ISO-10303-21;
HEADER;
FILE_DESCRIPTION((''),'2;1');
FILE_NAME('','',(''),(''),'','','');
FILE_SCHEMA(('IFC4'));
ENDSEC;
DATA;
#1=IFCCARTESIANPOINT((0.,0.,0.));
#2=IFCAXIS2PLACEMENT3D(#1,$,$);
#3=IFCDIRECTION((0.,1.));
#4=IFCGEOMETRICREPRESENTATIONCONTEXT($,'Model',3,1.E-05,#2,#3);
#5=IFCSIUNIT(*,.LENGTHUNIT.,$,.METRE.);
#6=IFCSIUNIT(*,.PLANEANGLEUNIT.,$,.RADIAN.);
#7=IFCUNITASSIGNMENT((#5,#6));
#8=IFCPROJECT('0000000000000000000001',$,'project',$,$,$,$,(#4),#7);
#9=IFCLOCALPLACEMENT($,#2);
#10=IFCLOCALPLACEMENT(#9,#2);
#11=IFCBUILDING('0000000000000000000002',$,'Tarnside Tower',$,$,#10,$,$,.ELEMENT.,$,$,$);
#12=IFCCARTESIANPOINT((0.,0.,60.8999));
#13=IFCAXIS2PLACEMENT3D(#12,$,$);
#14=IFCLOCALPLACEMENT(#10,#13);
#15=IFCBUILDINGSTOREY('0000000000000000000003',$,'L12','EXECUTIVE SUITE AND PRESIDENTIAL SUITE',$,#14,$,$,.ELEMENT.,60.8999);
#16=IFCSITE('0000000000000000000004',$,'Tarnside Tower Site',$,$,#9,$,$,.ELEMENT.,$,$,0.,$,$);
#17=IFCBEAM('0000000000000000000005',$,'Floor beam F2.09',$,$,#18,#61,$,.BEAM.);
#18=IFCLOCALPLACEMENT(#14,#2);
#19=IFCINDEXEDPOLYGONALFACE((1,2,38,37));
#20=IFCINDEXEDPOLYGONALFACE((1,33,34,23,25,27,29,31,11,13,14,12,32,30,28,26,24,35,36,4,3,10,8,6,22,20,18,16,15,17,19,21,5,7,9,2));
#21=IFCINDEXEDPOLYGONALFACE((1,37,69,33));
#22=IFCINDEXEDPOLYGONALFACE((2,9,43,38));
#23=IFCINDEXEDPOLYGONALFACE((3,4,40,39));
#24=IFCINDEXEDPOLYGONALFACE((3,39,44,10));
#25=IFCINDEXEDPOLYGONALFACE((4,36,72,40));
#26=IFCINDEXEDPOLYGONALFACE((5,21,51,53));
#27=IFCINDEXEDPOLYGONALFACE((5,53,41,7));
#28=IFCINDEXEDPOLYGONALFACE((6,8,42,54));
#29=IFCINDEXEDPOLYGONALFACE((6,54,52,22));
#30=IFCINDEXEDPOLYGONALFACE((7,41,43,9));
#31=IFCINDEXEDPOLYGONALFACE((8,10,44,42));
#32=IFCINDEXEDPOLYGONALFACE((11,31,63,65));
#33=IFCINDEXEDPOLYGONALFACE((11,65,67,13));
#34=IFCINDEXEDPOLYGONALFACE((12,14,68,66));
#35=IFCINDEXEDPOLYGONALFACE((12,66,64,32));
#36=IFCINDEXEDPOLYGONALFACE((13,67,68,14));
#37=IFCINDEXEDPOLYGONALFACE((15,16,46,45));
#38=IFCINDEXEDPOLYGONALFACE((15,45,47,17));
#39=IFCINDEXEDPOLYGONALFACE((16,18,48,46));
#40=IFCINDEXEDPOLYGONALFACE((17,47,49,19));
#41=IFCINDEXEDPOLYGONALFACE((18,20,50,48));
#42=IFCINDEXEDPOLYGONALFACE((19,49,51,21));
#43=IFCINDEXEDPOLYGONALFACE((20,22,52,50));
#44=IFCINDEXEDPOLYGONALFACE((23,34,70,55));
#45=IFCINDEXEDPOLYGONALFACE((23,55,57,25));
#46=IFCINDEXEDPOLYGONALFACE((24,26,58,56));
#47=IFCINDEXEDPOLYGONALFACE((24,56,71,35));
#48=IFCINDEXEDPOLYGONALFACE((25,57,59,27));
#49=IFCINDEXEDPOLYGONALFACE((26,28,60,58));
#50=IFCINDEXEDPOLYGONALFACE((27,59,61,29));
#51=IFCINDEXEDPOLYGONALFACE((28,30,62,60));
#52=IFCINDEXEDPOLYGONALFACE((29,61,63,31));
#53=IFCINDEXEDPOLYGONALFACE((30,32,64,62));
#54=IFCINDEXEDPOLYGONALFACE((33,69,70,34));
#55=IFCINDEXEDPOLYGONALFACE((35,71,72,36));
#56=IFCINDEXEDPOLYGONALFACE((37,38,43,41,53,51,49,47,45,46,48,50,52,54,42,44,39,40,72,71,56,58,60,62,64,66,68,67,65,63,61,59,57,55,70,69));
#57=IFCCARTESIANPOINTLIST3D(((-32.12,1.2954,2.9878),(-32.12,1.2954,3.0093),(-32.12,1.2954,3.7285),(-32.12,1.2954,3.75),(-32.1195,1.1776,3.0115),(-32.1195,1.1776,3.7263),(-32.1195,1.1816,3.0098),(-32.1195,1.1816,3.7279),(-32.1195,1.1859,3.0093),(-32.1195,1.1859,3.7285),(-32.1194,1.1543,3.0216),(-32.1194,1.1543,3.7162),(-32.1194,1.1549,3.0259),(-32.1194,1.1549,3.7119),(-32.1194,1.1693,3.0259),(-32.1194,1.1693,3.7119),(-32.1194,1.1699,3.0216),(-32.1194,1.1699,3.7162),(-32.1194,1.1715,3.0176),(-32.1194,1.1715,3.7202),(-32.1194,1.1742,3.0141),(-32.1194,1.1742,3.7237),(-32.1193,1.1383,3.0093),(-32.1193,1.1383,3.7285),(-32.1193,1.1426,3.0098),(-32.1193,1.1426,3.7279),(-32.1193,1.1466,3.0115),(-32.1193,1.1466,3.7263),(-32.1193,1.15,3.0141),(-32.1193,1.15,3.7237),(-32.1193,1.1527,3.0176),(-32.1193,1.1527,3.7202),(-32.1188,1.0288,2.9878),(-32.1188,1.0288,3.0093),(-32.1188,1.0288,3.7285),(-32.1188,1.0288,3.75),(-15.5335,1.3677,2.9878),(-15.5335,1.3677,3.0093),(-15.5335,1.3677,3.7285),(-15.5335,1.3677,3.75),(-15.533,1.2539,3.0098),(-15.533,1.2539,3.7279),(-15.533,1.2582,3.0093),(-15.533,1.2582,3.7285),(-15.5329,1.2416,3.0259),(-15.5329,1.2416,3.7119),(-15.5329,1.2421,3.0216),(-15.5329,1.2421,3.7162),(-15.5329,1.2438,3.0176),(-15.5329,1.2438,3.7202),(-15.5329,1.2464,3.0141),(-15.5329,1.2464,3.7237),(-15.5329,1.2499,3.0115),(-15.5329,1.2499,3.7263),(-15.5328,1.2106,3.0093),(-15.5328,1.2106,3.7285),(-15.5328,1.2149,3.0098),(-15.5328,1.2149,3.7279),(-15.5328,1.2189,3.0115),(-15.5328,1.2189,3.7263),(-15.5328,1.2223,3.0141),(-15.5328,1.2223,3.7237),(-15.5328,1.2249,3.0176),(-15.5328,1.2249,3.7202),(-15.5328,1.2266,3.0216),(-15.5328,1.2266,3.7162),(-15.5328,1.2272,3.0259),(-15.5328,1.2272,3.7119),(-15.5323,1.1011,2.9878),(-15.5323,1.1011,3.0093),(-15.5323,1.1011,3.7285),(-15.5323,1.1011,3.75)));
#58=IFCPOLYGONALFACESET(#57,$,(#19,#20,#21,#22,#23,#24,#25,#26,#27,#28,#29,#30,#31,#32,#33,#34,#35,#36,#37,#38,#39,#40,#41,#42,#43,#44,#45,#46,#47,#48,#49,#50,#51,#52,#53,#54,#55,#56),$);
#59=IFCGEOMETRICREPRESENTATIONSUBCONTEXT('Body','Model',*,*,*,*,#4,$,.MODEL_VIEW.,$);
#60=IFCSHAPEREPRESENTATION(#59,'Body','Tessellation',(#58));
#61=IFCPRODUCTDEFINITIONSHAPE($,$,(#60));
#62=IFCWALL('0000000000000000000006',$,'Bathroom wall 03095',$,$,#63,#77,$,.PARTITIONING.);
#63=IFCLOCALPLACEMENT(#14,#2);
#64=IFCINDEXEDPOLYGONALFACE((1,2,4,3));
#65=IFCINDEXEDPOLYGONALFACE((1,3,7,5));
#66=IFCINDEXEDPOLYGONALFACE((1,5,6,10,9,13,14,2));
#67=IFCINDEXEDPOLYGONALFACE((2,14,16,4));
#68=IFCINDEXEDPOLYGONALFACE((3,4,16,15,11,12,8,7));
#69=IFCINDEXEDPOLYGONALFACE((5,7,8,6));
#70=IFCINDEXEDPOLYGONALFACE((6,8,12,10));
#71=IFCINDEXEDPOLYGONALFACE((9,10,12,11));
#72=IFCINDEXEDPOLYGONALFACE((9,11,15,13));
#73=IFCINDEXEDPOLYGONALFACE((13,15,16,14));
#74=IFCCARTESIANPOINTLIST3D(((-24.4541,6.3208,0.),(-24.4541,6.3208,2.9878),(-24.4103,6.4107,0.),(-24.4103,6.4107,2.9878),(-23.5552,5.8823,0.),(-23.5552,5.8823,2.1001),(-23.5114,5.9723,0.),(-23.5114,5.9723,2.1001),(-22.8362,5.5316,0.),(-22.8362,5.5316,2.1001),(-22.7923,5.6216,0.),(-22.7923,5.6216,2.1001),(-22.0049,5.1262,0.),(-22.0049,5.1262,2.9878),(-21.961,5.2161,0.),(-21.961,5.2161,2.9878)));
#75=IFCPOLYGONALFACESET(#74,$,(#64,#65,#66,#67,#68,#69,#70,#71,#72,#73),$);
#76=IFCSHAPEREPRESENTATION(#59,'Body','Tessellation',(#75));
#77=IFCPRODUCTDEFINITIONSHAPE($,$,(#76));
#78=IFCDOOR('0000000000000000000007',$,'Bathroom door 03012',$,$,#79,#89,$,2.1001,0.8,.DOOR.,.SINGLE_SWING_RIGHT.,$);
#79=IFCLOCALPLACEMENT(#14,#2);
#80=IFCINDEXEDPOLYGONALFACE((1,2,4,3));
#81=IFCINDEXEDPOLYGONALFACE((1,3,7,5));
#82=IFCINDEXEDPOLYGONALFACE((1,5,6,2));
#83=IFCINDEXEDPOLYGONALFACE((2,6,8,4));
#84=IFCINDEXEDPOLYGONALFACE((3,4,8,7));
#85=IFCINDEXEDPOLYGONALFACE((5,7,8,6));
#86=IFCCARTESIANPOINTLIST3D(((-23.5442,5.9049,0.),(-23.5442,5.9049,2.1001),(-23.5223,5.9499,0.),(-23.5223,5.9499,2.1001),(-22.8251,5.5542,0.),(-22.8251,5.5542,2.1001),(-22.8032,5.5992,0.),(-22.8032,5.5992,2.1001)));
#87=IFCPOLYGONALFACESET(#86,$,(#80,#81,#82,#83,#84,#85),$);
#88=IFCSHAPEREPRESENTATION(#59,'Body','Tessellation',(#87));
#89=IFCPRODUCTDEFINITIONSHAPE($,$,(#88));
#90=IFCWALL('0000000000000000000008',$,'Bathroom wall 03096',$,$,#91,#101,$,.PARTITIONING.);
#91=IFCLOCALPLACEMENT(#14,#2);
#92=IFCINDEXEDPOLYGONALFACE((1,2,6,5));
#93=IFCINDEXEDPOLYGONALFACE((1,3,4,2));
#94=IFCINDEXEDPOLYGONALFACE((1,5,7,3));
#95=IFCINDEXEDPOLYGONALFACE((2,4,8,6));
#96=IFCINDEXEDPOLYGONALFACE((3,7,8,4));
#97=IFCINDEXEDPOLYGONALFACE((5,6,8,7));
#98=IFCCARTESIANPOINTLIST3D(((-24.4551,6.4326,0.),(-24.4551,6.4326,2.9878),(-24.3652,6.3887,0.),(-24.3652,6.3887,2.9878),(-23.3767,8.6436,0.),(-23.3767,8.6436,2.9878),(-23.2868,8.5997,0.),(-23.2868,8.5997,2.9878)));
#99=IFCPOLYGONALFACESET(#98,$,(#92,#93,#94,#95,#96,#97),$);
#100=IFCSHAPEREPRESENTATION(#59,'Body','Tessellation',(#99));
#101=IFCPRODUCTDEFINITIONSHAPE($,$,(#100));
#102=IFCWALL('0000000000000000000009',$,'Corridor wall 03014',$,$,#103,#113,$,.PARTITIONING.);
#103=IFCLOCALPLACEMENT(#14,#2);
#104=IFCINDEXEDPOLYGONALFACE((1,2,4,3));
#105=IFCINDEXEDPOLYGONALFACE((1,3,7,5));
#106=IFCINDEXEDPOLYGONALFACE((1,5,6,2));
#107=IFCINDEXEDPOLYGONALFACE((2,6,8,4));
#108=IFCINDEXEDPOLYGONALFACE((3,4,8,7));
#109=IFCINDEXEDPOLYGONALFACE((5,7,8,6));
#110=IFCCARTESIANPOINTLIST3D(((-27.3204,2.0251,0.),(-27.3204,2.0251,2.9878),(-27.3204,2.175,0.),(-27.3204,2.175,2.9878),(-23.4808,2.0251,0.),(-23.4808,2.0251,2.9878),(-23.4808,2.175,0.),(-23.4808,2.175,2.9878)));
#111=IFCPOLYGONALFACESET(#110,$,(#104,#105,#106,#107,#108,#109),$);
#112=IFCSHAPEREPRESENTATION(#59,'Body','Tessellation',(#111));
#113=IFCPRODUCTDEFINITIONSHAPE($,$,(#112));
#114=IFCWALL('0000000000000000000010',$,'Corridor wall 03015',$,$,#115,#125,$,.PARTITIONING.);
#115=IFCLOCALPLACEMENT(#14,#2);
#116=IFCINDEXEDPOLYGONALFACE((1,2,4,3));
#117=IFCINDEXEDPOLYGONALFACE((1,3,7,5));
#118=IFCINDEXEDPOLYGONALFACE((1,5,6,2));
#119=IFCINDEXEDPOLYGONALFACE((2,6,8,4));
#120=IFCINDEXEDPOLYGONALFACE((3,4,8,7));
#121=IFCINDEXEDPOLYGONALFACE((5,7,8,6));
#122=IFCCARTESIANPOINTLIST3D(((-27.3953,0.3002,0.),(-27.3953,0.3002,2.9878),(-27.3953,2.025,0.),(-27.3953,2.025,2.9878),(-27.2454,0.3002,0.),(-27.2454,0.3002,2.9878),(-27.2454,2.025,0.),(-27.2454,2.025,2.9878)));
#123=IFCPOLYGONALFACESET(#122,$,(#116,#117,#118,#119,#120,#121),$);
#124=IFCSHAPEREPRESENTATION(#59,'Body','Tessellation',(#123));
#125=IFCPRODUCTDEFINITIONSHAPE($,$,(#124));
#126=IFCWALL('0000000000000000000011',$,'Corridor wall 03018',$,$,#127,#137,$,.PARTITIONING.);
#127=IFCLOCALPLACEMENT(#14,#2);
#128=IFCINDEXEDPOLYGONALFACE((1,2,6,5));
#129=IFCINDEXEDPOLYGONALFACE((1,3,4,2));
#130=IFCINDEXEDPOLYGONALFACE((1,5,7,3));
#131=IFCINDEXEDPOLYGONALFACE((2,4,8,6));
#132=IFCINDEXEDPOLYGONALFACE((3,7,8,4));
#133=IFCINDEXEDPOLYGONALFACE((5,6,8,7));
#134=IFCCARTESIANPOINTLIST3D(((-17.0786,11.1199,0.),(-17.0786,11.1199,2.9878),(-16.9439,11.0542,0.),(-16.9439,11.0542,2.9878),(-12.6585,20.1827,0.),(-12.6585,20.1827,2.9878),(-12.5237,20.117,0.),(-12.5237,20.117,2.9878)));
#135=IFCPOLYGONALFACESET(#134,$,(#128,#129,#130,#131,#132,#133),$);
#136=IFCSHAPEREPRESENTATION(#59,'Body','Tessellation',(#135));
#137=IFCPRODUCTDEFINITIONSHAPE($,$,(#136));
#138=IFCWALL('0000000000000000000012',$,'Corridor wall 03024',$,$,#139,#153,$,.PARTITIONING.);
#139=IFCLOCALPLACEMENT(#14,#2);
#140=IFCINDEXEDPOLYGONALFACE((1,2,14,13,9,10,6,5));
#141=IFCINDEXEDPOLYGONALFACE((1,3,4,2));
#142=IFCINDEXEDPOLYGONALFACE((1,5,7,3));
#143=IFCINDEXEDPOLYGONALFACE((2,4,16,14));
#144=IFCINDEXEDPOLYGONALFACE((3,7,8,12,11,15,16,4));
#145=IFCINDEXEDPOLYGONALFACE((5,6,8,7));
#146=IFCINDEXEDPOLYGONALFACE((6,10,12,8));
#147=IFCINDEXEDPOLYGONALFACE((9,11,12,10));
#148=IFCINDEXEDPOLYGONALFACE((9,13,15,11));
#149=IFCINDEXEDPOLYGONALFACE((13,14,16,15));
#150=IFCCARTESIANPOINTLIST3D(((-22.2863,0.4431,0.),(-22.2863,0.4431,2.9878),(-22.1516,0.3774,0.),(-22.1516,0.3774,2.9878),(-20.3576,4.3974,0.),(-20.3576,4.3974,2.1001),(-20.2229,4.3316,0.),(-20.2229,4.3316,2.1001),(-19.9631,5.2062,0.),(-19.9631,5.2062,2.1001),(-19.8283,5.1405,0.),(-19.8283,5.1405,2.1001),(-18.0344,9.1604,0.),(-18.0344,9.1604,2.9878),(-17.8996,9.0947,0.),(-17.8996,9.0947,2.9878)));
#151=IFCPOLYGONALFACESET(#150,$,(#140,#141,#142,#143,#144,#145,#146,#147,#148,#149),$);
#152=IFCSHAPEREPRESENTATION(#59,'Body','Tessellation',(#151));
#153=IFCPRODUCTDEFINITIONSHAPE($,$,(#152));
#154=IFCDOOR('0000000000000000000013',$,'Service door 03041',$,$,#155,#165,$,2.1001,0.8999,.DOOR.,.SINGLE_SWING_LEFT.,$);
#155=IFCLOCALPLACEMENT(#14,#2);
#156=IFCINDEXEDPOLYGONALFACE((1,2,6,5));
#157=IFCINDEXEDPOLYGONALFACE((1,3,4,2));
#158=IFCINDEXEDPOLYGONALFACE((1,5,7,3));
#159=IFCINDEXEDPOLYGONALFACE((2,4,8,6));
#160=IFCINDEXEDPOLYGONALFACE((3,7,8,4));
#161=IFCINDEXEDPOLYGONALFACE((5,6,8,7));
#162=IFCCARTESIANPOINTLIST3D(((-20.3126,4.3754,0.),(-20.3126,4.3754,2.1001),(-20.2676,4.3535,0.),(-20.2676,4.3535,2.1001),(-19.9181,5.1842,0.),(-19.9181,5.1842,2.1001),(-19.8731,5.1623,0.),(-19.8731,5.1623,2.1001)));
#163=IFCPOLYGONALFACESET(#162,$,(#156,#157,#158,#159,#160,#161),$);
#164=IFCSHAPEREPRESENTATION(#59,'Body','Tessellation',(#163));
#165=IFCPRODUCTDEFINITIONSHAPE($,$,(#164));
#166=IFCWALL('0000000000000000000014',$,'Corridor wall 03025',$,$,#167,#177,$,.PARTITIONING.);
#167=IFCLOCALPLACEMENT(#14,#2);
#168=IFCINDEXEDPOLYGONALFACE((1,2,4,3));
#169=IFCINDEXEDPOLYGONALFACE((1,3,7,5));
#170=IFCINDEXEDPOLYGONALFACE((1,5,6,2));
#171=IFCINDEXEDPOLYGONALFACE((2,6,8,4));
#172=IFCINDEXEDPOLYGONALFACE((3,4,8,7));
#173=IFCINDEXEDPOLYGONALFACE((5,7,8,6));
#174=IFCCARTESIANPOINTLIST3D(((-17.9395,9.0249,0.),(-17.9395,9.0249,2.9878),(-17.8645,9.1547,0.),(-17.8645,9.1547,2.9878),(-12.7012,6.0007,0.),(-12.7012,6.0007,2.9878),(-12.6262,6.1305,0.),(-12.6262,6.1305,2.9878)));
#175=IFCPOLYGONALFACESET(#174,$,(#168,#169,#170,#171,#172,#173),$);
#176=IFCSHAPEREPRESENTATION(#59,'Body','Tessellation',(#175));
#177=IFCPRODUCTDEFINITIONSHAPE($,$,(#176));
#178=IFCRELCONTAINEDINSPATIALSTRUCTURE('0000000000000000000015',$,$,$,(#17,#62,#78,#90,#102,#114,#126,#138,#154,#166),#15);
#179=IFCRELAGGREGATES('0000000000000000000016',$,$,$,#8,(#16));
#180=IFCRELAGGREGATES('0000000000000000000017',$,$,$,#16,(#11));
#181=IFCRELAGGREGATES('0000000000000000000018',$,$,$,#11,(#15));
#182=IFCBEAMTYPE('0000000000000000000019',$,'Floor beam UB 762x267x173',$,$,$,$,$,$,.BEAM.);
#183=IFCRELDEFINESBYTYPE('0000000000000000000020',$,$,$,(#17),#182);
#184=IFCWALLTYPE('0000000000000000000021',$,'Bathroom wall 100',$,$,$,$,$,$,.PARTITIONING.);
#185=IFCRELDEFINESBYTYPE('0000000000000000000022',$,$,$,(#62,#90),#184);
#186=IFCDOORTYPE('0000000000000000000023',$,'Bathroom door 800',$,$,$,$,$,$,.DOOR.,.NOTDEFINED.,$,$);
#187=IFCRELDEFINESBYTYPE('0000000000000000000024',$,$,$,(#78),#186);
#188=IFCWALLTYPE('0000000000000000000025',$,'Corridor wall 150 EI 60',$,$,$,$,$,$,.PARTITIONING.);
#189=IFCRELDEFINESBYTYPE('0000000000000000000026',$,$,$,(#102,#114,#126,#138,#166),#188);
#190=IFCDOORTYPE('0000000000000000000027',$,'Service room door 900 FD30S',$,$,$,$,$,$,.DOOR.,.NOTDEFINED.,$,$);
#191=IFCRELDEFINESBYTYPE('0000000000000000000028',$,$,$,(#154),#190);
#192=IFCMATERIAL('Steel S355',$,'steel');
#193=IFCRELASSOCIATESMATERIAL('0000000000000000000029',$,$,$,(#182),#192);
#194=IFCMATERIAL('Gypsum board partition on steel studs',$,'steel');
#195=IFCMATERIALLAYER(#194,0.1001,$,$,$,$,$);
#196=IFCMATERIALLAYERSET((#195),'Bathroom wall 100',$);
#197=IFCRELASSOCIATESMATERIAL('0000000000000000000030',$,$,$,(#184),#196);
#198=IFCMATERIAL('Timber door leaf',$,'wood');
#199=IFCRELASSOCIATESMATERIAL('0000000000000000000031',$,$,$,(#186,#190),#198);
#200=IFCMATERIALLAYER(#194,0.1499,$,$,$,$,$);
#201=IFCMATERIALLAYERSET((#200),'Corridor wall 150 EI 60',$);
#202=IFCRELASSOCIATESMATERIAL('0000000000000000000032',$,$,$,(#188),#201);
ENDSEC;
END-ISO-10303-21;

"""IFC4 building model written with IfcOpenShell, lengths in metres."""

from ifc_helpers import new_model, si_unit, direction, frame, frame_2d, origin, origin_2d, place, context, subcontext, project, spatial, rectangle, i_section, extrude, material, layer, layer_set, material_profile, profile_set, type_object, element, fill, save


model = new_model("IFC4")

# Units and contexts
model_context = context("Model", 3, precision=1e-05, world=origin(), true_north=direction((0.0, 1.0)))
body_context = subcontext(model_context, "Body", "Model", "MODEL_VIEW")
ifc_project = project(units=[si_unit("LENGTHUNIT", "METRE"), si_unit("PLANEANGLEUNIT", "RADIAN")], contexts=[model_context])

# Site, building, storey
site_placement = place(None, origin())
site = spatial("IfcSite", under=ifc_project, at=site_placement, Name="Tarnside Tower Site", CompositionType="ELEMENT", RefElevation=0.0)
building_placement = place(site_placement, origin())
building = spatial("IfcBuilding", under=site, at=building_placement, Name="Tarnside Tower", CompositionType="ELEMENT")
storey_placement = place(building_placement, frame((0.0, 0.0, 60.8999)))
storey = spatial("IfcBuildingStorey", under=building, at=storey_placement, Name="L12", Description="EXECUTIVE SUITE AND PRESIDENTIAL SUITE", CompositionType="ELEMENT", Elevation=60.8999)

# Beam
ifc_material_1 = material(Name="Steel S355", Category="steel")
ifc_material_profile_1 = material_profile(ifc_material_1, i_section(OverallWidth=0.2666, OverallDepth=0.7622, WebThickness=0.0144, FlangeThickness=0.0215, FilletRadius=0.0166, at=origin_2d()), Name="UB 762x267x173")
ifc_profile_set_1 = profile_set([ifc_material_profile_1], Name="Steel S355")
beam_type_1 = type_object("IfcBeamType", Name="Floor beam UB 762x267x173", PredefinedType="BEAM", material=ifc_profile_set_1)
beam_1_placement = place(storey_placement, frame((-32.1194, 1.1621, 3.3689), z_axis=(0.999991, 0.004357, 0.0), x_axis=(-0.004357, 0.999991, 0.0)))
element("IfcBeam", 1, at=beam_1_placement, inside=storey, type_object=beam_type_1, Name="Floor beam F2.09", PredefinedType="BEAM", context=body_context, shape_type="SweptSolid", body=[
    extrude(i_section(OverallWidth=0.2666, OverallDepth=0.7622, WebThickness=0.0144, FlangeThickness=0.0215, FilletRadius=0.0166, at=origin_2d()), origin(), (0.0, 0.0, 1.0), 16.5867),
])

# Wall, opening, door
ifc_material_2 = material(Name="Gypsum board partition on steel studs", Category="steel")
ifc_layer_1 = layer(ifc_material_2, 0.1001)
ifc_layer_set_1 = layer_set([ifc_layer_1], Name="Bathroom wall 100")
wall_type_1 = type_object("IfcWallType", Name="Bathroom wall 100", PredefinedType="PARTITIONING", material=ifc_layer_set_1)
wall_1_placement = place(storey_placement, frame((-21.9829, 5.1711, 0.0), z_axis=(0.0, 0.0, 1.0), x_axis=(-0.898792, 0.438376, 0.0)))
wall_1 = element("IfcWall", 2, at=wall_1_placement, inside=storey, type_object=wall_type_1, Name="Bathroom wall 03095", PredefinedType="PARTITIONING", context=body_context, shape_type="SweptSolid", body=[
    extrude(rectangle(XDim=2.7251, YDim=0.1001, at=frame_2d((1.3625, 0.0))), origin(), (0.0, 0.0, 1.0), 2.9878),
])
opening_1_placement = place(wall_1_placement, frame((0.925, 0.0, 0.0)))
opening_1 = element("IfcOpeningElement", 3, at=opening_1_placement, cuts=wall_1, PredefinedType="OPENING", context=body_context, shape_type="SweptSolid", body=[
    extrude(rectangle(XDim=0.8, YDim=2.1001, at=frame_2d((0.3999, 1.05))), frame((0.0, 0.0601, 0.0), z_axis=(0.0, -1.0, 0.0), x_axis=(1.0, 0.0, 0.0)), (0.0, 0.0, 1.0), 0.1201),
])
ifc_material_3 = material(Name="Timber door leaf", Category="wood")
door_type_1 = type_object("IfcDoorType", Name="Bathroom door 800", OperationType="NOTDEFINED", PredefinedType="DOOR", material=ifc_material_3)
door_1_placement = place(opening_1_placement, origin())
door_1 = element("IfcDoor", 4, at=door_1_placement, inside=storey, type_object=door_type_1, Name="Bathroom door 03012", OperationType="SINGLE_SWING_RIGHT", OverallHeight=2.1001, OverallWidth=0.8, PredefinedType="DOOR", context=body_context, shape_type="SweptSolid", body=[
    extrude(rectangle(XDim=0.8, YDim=2.1001, at=frame_2d((0.3999, 1.05))), frame((0.0, 0.0249, 0.0), z_axis=(0.0, -1.0, 0.0), x_axis=(1.0, 0.0, 0.0)), (0.0, 0.0, 1.0), 0.05),
])
fill(opening_1, door_1)

# Walls
wall_2_placement = place(storey_placement, frame((-24.4102, 6.4106, 0.0), z_axis=(0.0, 0.0, 1.0), x_axis=(0.438379, 0.89879, 0.0)))
element("IfcWall", 5, at=wall_2_placement, inside=storey, type_object=wall_type_1, Name="Bathroom wall 03096", PredefinedType="PARTITIONING", context=body_context, shape_type="SweptSolid", body=[
    extrude(rectangle(XDim=2.46, YDim=0.1001, at=frame_2d((1.23, 0.0))), origin(), (0.0, 0.0, 1.0), 2.9878),
])
ifc_layer_2 = layer(ifc_material_2, 0.1499)
ifc_layer_set_2 = layer_set([ifc_layer_2], Name="Corridor wall 150 EI 60")
wall_type_2 = type_object("IfcWallType", Name="Corridor wall 150 EI 60", PredefinedType="PARTITIONING", material=ifc_layer_set_2)
wall_3_placement = place(storey_placement, frame((-23.4807, 2.1001, 0.0), z_axis=(0.0, 0.0, 1.0), x_axis=(-1.0, 0.0, 0.0)))
element("IfcWall", 6, at=wall_3_placement, inside=storey, type_object=wall_type_2, Name="Corridor wall 03014", PredefinedType="PARTITIONING", context=body_context, shape_type="SweptSolid", body=[
    extrude(rectangle(XDim=3.8396, YDim=0.1499, at=frame_2d((1.9199, 0.0))), origin(), (0.0, 0.0, 1.0), 2.9878),
])
wall_4_placement = place(storey_placement, frame((-27.3203, 2.0249, 0.0), z_axis=(0.0, 0.0, 1.0), x_axis=(0.0, -1.0, 0.0)))
element("IfcWall", 7, at=wall_4_placement, inside=storey, type_object=wall_type_2, Name="Corridor wall 03015", PredefinedType="PARTITIONING", context=body_context, shape_type="SweptSolid", body=[
    extrude(rectangle(XDim=1.7249, YDim=0.1499, at=frame_2d((0.8623, 0.0))), origin(), (0.0, 0.0, 1.0), 2.9878),
])
wall_5_placement = place(storey_placement, frame((-17.0112, 11.0872, 0.0), z_axis=(0.0, 0.0, 1.0), x_axis=(0.438369, 0.898795, 0.0)))
element("IfcWall", 8, at=wall_5_placement, inside=storey, type_object=wall_type_2, Name="Corridor wall 03018", PredefinedType="PARTITIONING", context=body_context, shape_type="SweptSolid", body=[
    extrude(rectangle(XDim=10.0833, YDim=0.1499, at=frame_2d((5.0415, 0.0))), origin(), (0.0, 0.0, 1.0), 2.9878),
])

# Wall, opening, door
wall_6_placement = place(storey_placement, frame((-22.219, 0.4102, 0.0), z_axis=(0.0, 0.0, 1.0), x_axis=(0.438392, 0.898784, 0.0)))
wall_6 = element("IfcWall", 9, at=wall_6_placement, inside=storey, type_object=wall_type_2, Name="Corridor wall 03024", PredefinedType="PARTITIONING", context=body_context, shape_type="SweptSolid", body=[
    extrude(rectangle(XDim=9.699, YDim=0.1499, at=frame_2d((4.8496, 0.0))), origin(), (0.0, 0.0, 1.0), 2.9878),
])
opening_2_placement = place(wall_6_placement, frame((4.3997, 0.0, 0.0)))
opening_2 = element("IfcOpeningElement", 10, at=opening_2_placement, cuts=wall_6, PredefinedType="OPENING", context=body_context, shape_type="SweptSolid", body=[
    extrude(rectangle(XDim=0.8999, YDim=2.1001, at=frame_2d((0.45, 1.05))), frame((0.0, 0.085, 0.0), z_axis=(0.0, -1.0, 0.0), x_axis=(1.0, 0.0, 0.0)), (0.0, 0.0, 1.0), 0.1699),
])
door_type_2 = type_object("IfcDoorType", Name="Service room door 900 FD30S", OperationType="NOTDEFINED", PredefinedType="DOOR", material=ifc_material_3)
door_2_placement = place(opening_2_placement, origin())
door_2 = element("IfcDoor", 11, at=door_2_placement, inside=storey, type_object=door_type_2, Name="Service door 03041", OperationType="SINGLE_SWING_LEFT", OverallHeight=2.1001, OverallWidth=0.8999, PredefinedType="DOOR", context=body_context, shape_type="SweptSolid", body=[
    extrude(rectangle(XDim=0.8999, YDim=2.1001, at=frame_2d((0.45, 1.05))), frame((0.0, 0.0249, 0.0), z_axis=(0.0, -1.0, 0.0), x_axis=(1.0, 0.0, 0.0)), (0.0, 0.0, 1.0), 0.05),
])
fill(opening_2, door_2)

# Wall
wall_7_placement = place(storey_placement, frame((-17.9021, 9.0898, 0.0), z_axis=(0.0, 0.0, 1.0), x_axis=(0.866036, -0.499981, 0.0)))
element("IfcWall", 12, at=wall_7_placement, inside=storey, type_object=wall_type_2, Name="Corridor wall 03025", PredefinedType="PARTITIONING", context=body_context, shape_type="SweptSolid", body=[
    extrude(rectangle(XDim=6.0486, YDim=0.1499, at=frame_2d((3.0244, 0.0))), origin(), (0.0, 0.0, 1.0), 2.9878),
])

save(model, "model.ifc")
